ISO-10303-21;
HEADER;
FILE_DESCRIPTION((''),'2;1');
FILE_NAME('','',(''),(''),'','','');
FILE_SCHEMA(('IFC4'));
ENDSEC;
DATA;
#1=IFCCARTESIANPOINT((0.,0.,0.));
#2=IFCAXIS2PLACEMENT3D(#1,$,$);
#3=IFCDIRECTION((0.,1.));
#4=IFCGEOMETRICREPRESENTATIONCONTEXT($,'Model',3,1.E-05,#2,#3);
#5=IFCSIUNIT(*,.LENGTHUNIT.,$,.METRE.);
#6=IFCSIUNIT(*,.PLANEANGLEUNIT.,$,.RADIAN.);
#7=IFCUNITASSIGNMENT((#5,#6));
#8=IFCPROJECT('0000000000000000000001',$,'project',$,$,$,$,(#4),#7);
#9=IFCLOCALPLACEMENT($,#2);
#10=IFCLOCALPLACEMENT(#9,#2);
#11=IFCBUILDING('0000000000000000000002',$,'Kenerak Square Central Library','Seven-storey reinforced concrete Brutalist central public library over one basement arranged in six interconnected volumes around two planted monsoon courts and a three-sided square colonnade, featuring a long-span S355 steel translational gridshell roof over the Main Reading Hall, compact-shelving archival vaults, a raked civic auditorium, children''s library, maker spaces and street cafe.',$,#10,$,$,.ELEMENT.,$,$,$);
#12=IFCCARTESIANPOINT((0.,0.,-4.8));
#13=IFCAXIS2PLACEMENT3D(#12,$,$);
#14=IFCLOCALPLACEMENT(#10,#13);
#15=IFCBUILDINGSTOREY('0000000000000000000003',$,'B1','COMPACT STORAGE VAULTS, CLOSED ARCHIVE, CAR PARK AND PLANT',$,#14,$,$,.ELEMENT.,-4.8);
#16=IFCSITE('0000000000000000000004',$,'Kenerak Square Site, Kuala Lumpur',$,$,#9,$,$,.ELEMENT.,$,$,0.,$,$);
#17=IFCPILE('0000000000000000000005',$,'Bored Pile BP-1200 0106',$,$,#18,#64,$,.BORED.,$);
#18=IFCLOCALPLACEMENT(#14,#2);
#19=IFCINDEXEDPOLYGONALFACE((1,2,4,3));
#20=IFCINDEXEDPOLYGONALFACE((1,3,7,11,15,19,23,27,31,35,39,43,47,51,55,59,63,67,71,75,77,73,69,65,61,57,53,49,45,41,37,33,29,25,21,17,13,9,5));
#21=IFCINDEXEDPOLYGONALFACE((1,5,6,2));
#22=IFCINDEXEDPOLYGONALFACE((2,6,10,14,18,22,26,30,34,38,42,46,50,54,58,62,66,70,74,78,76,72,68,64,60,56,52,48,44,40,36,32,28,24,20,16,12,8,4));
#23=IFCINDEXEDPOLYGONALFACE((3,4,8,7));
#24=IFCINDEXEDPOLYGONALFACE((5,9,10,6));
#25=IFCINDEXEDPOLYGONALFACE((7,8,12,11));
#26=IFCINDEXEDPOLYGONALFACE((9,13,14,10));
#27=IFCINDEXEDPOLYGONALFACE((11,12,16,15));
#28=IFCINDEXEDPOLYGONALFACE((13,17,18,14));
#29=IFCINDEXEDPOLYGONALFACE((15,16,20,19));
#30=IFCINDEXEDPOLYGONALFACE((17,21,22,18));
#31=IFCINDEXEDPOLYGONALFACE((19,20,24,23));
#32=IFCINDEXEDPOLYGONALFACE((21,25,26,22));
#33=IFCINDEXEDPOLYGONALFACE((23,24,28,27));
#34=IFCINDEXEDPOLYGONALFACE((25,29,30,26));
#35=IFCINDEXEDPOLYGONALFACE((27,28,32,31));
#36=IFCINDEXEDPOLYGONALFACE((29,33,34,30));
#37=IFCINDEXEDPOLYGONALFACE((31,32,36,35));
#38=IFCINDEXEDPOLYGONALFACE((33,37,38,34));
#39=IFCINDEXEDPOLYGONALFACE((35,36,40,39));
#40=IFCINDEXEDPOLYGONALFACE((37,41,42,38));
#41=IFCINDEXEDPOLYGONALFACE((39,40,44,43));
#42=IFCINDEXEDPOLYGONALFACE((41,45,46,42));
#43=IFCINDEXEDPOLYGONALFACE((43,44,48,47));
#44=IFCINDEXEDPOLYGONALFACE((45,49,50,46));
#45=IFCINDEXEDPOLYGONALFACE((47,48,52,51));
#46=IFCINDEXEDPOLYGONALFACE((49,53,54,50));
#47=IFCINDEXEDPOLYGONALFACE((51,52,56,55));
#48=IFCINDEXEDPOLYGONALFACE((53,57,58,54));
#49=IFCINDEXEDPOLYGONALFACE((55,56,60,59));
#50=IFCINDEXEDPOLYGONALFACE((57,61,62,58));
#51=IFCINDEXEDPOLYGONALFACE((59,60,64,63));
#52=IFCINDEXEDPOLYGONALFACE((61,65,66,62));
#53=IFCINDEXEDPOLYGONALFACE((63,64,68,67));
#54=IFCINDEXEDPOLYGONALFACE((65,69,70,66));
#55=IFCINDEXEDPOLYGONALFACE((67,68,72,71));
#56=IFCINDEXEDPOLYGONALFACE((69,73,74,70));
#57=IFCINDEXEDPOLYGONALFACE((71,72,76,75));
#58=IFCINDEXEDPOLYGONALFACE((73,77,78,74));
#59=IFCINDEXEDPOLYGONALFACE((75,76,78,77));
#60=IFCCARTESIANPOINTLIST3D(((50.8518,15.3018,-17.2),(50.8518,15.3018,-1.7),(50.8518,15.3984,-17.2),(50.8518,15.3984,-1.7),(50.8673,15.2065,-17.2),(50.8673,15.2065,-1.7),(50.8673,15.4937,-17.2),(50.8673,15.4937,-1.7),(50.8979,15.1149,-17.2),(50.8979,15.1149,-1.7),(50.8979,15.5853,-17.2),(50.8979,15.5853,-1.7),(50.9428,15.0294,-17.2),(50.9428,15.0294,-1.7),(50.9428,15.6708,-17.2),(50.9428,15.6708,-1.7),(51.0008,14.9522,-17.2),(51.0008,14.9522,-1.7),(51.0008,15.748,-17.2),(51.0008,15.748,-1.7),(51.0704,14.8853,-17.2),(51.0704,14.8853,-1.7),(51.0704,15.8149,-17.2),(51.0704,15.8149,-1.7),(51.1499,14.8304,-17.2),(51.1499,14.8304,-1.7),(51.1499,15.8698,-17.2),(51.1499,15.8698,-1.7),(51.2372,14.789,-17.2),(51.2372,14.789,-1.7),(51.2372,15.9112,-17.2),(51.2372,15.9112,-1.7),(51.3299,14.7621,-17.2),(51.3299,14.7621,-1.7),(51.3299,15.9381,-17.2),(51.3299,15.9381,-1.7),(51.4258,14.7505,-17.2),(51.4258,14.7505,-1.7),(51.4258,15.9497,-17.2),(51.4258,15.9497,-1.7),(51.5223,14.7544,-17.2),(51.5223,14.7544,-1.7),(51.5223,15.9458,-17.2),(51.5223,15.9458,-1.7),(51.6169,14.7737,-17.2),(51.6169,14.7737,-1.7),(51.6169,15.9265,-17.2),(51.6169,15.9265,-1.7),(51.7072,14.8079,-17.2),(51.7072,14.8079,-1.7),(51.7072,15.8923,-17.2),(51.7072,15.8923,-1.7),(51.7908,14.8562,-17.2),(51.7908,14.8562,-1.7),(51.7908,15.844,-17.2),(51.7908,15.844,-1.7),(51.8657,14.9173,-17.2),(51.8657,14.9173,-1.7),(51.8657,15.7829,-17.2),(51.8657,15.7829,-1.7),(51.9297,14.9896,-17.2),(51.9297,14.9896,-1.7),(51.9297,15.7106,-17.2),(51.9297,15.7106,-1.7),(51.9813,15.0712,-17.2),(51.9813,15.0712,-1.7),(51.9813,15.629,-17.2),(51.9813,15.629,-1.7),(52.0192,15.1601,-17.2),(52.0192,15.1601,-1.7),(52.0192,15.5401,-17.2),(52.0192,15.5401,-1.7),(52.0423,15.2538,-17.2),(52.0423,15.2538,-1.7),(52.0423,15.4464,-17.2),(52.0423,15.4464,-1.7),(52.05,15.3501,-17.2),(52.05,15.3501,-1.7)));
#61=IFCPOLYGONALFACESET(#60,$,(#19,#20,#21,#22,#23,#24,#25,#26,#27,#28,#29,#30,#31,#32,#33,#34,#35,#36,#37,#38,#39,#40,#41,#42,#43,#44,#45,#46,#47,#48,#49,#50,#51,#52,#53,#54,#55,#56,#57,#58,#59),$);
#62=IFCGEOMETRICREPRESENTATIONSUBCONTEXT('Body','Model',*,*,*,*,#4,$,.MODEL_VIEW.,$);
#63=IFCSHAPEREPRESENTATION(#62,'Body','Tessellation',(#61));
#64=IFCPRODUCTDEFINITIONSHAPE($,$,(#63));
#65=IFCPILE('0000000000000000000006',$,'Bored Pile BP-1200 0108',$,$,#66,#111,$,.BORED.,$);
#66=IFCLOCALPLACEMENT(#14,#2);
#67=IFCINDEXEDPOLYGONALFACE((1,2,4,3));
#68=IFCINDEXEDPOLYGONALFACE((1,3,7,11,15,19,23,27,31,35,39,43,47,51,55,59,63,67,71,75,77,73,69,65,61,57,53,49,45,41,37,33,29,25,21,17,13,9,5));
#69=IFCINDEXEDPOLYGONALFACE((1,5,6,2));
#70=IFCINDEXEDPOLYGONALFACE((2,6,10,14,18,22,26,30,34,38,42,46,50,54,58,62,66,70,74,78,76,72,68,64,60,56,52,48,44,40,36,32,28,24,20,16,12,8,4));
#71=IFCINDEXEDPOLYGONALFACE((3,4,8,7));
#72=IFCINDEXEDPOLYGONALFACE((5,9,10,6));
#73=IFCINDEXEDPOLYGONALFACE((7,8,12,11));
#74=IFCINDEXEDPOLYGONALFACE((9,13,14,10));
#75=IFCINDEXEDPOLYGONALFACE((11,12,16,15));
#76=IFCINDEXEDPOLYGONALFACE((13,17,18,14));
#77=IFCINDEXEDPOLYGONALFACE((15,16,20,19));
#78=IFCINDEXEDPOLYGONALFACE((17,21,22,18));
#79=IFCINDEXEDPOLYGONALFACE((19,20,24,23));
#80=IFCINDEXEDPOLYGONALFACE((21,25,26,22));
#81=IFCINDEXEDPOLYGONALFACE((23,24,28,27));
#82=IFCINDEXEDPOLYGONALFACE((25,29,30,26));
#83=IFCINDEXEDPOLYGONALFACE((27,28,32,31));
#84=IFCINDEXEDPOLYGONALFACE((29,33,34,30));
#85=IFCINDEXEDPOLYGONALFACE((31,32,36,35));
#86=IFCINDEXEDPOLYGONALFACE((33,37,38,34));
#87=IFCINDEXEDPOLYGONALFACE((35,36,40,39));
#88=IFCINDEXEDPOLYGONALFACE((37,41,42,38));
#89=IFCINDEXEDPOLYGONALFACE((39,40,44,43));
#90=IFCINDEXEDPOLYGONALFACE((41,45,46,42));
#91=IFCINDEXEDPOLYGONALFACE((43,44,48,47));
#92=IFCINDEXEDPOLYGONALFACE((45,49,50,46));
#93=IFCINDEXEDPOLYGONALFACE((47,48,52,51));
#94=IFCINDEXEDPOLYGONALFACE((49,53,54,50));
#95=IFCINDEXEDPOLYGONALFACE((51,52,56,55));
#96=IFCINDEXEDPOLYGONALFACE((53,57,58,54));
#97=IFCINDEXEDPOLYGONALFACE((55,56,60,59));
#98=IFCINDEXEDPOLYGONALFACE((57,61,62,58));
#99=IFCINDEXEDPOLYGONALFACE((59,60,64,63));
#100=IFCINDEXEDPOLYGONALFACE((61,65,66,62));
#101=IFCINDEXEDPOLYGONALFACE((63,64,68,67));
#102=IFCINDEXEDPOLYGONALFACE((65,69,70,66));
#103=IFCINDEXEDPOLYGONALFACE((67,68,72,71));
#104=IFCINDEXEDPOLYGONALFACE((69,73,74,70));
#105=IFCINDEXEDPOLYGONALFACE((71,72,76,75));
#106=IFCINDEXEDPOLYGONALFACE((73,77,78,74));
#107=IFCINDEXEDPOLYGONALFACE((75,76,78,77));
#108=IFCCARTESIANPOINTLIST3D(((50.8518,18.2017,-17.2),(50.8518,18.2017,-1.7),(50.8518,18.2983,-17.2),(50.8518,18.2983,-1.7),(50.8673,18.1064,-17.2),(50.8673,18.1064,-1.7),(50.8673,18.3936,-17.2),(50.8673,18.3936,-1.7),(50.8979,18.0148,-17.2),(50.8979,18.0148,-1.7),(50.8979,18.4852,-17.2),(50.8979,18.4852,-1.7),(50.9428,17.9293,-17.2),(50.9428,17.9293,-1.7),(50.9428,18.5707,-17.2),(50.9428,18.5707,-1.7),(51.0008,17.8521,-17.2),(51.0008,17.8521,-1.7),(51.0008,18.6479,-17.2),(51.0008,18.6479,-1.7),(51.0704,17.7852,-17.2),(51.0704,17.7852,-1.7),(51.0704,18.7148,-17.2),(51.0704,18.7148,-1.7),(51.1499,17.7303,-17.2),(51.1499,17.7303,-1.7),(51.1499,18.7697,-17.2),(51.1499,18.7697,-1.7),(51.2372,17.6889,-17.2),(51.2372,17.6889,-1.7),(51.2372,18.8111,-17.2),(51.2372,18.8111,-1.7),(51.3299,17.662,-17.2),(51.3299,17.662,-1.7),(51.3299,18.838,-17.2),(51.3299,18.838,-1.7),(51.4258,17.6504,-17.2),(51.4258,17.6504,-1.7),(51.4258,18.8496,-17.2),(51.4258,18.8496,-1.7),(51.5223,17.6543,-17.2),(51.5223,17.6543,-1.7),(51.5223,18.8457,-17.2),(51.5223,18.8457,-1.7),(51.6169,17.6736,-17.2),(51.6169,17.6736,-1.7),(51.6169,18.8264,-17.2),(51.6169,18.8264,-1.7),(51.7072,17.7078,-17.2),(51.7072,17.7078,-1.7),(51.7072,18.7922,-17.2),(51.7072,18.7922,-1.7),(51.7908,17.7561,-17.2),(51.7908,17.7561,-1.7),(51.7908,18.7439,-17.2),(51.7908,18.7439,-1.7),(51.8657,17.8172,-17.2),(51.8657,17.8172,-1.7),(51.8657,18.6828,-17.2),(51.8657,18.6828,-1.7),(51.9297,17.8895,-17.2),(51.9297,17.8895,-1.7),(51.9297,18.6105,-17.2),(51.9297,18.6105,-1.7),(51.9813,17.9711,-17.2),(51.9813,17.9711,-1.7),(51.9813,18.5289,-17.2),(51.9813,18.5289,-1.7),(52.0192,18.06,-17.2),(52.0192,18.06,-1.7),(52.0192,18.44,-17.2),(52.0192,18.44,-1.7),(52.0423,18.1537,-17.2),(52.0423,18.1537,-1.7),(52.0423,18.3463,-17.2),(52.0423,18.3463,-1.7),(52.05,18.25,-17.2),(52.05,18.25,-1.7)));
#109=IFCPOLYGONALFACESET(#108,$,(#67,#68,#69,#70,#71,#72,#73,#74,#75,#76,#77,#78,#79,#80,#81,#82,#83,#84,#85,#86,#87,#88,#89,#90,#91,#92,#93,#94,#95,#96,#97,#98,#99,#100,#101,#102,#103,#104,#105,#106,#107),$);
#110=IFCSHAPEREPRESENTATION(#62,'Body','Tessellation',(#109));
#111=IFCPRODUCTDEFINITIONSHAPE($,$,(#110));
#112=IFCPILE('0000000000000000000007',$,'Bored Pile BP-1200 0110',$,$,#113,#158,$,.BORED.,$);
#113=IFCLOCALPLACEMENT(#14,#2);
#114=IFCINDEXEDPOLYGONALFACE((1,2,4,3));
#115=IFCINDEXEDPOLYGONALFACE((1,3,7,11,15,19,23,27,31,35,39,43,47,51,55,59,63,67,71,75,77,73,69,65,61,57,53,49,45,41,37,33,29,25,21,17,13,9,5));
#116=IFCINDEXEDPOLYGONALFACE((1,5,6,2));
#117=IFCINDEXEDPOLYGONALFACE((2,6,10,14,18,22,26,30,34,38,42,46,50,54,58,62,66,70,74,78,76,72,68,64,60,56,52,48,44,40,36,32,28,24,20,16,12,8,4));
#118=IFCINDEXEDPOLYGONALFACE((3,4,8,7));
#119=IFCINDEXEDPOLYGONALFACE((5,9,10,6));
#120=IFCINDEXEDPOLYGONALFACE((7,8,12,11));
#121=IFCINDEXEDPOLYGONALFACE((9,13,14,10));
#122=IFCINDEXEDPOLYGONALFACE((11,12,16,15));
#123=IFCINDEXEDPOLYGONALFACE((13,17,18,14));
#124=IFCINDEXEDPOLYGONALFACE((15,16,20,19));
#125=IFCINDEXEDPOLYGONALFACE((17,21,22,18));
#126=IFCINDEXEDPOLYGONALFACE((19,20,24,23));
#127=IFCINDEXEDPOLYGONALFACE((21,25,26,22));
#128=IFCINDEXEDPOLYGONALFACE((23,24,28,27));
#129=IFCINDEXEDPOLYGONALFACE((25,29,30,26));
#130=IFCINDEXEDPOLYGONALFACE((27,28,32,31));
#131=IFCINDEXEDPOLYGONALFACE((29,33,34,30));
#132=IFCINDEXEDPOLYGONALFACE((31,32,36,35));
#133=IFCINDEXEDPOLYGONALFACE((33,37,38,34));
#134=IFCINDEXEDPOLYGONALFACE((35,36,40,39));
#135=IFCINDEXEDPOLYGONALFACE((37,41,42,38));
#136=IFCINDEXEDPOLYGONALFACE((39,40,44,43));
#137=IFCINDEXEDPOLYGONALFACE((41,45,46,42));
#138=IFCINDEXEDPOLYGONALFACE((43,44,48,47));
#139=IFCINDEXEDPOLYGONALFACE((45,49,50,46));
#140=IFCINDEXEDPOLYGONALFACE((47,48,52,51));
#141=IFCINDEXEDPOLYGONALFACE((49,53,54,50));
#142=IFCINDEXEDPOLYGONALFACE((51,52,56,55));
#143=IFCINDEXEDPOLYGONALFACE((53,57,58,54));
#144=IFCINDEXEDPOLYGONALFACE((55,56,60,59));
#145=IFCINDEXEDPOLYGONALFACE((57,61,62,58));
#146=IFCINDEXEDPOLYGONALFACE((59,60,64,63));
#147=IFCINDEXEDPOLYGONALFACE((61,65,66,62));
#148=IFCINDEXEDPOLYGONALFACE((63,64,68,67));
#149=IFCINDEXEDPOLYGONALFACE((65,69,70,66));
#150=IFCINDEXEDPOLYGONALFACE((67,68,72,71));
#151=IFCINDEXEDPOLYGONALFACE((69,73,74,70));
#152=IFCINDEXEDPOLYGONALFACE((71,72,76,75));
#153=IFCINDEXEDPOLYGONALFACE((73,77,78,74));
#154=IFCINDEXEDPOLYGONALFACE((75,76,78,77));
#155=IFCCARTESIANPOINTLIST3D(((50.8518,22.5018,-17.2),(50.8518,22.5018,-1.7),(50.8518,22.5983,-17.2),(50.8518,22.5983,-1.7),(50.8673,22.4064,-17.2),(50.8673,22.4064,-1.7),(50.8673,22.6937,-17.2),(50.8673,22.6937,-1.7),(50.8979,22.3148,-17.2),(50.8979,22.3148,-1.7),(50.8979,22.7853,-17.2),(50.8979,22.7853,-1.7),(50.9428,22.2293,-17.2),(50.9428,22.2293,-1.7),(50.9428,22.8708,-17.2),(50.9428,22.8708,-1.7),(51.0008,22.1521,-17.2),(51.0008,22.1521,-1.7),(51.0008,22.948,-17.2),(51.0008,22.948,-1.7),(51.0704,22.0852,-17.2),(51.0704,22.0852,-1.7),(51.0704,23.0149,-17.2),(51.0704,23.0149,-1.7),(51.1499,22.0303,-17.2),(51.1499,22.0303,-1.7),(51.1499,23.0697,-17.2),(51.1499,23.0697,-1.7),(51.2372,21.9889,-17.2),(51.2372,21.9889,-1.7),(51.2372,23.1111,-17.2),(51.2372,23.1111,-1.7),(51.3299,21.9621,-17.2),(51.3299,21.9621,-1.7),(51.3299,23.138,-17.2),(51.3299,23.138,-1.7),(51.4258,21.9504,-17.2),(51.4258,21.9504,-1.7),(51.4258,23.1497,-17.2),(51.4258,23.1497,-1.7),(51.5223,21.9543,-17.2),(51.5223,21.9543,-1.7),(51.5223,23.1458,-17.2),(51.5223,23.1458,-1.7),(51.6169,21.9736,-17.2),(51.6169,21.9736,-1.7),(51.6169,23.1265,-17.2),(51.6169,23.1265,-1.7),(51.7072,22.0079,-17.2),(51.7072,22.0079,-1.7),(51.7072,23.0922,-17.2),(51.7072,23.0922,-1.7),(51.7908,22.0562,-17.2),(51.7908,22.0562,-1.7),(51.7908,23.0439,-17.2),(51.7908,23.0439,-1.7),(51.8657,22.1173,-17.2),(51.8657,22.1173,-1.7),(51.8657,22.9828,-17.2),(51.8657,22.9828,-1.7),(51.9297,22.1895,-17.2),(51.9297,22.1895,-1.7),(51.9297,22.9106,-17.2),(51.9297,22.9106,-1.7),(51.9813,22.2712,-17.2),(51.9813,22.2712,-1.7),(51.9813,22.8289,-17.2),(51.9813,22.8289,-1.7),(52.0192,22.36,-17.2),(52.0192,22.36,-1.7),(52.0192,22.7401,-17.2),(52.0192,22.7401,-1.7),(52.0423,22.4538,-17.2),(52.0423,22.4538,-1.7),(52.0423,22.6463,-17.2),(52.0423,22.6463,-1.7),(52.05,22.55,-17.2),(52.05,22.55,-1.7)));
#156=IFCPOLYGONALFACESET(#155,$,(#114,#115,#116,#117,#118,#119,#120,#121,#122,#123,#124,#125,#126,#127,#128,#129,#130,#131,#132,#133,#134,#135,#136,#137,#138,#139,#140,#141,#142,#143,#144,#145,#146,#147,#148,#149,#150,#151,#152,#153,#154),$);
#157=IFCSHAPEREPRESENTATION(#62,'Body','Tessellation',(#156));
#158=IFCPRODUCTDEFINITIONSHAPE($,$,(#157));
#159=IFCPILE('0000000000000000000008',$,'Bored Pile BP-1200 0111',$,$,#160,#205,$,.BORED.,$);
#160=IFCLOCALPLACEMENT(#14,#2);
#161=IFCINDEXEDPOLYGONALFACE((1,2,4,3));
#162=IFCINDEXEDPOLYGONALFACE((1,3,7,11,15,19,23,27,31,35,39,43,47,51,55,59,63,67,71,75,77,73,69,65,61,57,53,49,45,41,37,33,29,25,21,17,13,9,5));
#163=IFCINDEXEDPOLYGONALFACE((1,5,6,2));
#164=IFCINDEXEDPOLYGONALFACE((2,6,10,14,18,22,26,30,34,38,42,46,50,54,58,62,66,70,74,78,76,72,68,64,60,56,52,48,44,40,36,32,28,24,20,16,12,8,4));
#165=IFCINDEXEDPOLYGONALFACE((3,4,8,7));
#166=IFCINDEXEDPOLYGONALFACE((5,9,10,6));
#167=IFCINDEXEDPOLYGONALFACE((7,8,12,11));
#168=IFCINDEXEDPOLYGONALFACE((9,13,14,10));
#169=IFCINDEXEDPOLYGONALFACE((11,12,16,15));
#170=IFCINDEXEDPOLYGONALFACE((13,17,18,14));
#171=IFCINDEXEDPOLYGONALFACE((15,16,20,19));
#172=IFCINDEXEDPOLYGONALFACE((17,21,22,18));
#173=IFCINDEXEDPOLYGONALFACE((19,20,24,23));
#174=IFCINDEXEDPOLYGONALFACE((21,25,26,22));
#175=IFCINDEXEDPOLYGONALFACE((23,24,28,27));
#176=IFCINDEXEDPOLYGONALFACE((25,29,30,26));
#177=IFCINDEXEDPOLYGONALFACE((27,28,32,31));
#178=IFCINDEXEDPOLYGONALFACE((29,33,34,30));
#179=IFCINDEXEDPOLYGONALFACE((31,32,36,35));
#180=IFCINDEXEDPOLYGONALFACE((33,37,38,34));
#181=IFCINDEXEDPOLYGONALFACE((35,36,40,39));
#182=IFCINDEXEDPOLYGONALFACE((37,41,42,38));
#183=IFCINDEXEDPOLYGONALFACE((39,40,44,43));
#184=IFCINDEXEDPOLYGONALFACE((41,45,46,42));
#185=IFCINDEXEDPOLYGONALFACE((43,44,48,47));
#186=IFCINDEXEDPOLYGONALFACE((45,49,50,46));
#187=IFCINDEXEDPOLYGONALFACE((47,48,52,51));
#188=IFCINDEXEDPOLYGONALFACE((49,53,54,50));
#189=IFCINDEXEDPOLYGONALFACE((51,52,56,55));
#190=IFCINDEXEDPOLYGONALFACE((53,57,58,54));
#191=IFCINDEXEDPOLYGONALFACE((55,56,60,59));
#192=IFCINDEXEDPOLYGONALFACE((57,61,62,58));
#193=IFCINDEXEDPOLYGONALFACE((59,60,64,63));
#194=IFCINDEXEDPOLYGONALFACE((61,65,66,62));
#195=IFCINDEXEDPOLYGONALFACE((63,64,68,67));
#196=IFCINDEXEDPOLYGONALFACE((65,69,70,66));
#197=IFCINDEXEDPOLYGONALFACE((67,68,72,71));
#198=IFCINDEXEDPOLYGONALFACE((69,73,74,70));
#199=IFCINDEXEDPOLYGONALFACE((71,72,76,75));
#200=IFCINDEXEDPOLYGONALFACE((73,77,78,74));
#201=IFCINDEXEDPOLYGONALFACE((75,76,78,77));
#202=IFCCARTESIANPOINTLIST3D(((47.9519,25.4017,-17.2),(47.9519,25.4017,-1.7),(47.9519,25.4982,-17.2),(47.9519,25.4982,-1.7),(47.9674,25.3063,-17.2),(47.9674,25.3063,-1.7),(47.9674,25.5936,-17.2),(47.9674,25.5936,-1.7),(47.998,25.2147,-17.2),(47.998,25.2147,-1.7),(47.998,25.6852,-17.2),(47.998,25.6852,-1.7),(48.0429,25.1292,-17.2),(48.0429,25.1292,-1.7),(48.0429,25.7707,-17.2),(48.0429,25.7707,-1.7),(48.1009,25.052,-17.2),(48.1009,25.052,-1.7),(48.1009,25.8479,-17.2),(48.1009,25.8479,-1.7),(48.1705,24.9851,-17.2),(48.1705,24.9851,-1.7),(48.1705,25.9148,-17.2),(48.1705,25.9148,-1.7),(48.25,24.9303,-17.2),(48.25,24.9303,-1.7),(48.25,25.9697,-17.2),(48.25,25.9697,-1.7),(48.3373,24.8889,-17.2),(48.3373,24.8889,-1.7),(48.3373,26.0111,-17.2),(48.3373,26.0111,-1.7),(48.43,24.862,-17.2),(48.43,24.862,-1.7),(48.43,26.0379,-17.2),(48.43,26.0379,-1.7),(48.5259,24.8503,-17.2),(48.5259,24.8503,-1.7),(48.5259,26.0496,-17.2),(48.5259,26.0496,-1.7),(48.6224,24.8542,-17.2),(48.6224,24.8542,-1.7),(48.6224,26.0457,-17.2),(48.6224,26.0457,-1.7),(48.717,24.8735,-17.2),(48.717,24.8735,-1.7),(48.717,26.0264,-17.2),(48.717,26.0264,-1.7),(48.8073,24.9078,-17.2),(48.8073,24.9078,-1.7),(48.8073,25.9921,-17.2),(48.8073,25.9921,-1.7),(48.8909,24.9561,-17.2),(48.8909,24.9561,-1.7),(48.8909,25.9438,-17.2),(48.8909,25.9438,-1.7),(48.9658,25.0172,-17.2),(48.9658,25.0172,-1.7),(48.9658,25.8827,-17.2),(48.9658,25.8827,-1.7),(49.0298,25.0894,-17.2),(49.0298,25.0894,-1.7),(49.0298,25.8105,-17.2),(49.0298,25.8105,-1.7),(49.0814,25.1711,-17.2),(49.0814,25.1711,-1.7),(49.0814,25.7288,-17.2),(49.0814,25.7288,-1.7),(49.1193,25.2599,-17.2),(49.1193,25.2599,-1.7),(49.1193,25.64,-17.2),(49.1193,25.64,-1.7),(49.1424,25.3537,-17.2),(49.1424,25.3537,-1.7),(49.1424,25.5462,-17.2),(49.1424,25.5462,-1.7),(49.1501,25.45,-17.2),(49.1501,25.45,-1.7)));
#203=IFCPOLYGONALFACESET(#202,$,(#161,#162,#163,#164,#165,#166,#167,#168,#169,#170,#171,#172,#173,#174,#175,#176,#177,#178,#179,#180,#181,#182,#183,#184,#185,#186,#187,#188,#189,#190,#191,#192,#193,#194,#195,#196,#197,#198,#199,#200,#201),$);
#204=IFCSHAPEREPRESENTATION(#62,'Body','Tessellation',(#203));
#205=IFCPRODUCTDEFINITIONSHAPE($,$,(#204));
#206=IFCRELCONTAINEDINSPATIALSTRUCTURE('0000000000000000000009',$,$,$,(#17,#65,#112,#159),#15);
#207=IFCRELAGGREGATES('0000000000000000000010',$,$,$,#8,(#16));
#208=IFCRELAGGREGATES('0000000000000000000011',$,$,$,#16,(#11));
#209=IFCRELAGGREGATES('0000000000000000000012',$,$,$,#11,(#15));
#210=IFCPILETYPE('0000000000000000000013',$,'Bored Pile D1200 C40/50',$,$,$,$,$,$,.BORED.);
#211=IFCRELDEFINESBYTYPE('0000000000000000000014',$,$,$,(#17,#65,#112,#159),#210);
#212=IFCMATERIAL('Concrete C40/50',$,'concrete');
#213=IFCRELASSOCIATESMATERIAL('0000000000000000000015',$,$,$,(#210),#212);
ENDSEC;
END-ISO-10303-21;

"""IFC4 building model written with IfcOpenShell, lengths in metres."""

from ifc_helpers import new_model, si_unit, direction, frame, origin, origin_2d, place, context, subcontext, project, spatial, circle, extrude, material, material_profile, profile_set, type_object, element, save


model = new_model("IFC4")

# Units and contexts
model_context = context("Model", 3, precision=1e-05, world=origin(), true_north=direction((0.0, 1.0)))
body_context = subcontext(model_context, "Body", "Model", "MODEL_VIEW")
ifc_project = project(units=[si_unit("LENGTHUNIT", "METRE"), si_unit("PLANEANGLEUNIT", "RADIAN")], contexts=[model_context])

# Site, building, storey
site_placement = place(None, origin())
site = spatial("IfcSite", under=ifc_project, at=site_placement, Name="Kenerak Square Site, Kuala Lumpur", CompositionType="ELEMENT", RefElevation=0.0)
building_placement = place(site_placement, origin())
building = spatial("IfcBuilding", under=site, at=building_placement, Name="Kenerak Square Central Library", Description="Seven-storey reinforced concrete Brutalist central public library over one basement arranged in six interconnected volumes around two planted monsoon courts and a three-sided square colonnade, featuring a long-span S355 steel translational gridshell roof over the Main Reading Hall, compact-shelving archival vaults, a raked civic auditorium, children's library, maker spaces and street cafe.", CompositionType="ELEMENT")
storey_placement = place(building_placement, frame((0.0, 0.0, -4.8)))
storey = spatial("IfcBuildingStorey", under=building, at=storey_placement, Name="B1", Description="COMPACT STORAGE VAULTS, CLOSED ARCHIVE, CAR PARK AND PLANT", CompositionType="ELEMENT", Elevation=-4.8)

# Piles
ifc_material_1 = material(Name="Concrete C40/50", Category="concrete")
ifc_material_profile_1 = material_profile(ifc_material_1, circle(Radius=0.6001, at=origin_2d()), Name="BP D1200")
ifc_profile_set_1 = profile_set([ifc_material_profile_1], Name="Concrete C40/50")
pile_type = type_object("IfcPileType", Name="Bored Pile D1200 C40/50", PredefinedType="BORED", material=ifc_profile_set_1)
for number, where, z_axis, x_axis, name in (
    (1, (51.45, 15.3501, -1.7), (0.0, 0.0, -1.0), (1.0, 0.0, 0.0), "Bored Pile BP-1200 0106"),
    (2, (51.45, 18.25, -1.7), (0.0, 0.0, -1.0), (1.0, 0.0, 0.0), "Bored Pile BP-1200 0108"),
    (3, (51.45, 22.55, -1.7), (0.0, 0.0, -1.0), (1.0, 0.0, 0.0), "Bored Pile BP-1200 0110"),
    (4, (48.55, 25.45, -1.7), (0.0, 0.0, -1.0), (1.0, 0.0, 0.0), "Bored Pile BP-1200 0111"),
):
    element("IfcPile", number, at=place(storey_placement, frame(where, z_axis=z_axis, x_axis=x_axis)), inside=storey, type_object=pile_type, Name=name, PredefinedType="BORED", context=body_context, shape_type="SweptSolid", body=[
        extrude(circle(Radius=0.6001, at=origin_2d()), origin(), (0.0, 0.0, 1.0), 15.5),
    ])

save(model, "model.ifc")
